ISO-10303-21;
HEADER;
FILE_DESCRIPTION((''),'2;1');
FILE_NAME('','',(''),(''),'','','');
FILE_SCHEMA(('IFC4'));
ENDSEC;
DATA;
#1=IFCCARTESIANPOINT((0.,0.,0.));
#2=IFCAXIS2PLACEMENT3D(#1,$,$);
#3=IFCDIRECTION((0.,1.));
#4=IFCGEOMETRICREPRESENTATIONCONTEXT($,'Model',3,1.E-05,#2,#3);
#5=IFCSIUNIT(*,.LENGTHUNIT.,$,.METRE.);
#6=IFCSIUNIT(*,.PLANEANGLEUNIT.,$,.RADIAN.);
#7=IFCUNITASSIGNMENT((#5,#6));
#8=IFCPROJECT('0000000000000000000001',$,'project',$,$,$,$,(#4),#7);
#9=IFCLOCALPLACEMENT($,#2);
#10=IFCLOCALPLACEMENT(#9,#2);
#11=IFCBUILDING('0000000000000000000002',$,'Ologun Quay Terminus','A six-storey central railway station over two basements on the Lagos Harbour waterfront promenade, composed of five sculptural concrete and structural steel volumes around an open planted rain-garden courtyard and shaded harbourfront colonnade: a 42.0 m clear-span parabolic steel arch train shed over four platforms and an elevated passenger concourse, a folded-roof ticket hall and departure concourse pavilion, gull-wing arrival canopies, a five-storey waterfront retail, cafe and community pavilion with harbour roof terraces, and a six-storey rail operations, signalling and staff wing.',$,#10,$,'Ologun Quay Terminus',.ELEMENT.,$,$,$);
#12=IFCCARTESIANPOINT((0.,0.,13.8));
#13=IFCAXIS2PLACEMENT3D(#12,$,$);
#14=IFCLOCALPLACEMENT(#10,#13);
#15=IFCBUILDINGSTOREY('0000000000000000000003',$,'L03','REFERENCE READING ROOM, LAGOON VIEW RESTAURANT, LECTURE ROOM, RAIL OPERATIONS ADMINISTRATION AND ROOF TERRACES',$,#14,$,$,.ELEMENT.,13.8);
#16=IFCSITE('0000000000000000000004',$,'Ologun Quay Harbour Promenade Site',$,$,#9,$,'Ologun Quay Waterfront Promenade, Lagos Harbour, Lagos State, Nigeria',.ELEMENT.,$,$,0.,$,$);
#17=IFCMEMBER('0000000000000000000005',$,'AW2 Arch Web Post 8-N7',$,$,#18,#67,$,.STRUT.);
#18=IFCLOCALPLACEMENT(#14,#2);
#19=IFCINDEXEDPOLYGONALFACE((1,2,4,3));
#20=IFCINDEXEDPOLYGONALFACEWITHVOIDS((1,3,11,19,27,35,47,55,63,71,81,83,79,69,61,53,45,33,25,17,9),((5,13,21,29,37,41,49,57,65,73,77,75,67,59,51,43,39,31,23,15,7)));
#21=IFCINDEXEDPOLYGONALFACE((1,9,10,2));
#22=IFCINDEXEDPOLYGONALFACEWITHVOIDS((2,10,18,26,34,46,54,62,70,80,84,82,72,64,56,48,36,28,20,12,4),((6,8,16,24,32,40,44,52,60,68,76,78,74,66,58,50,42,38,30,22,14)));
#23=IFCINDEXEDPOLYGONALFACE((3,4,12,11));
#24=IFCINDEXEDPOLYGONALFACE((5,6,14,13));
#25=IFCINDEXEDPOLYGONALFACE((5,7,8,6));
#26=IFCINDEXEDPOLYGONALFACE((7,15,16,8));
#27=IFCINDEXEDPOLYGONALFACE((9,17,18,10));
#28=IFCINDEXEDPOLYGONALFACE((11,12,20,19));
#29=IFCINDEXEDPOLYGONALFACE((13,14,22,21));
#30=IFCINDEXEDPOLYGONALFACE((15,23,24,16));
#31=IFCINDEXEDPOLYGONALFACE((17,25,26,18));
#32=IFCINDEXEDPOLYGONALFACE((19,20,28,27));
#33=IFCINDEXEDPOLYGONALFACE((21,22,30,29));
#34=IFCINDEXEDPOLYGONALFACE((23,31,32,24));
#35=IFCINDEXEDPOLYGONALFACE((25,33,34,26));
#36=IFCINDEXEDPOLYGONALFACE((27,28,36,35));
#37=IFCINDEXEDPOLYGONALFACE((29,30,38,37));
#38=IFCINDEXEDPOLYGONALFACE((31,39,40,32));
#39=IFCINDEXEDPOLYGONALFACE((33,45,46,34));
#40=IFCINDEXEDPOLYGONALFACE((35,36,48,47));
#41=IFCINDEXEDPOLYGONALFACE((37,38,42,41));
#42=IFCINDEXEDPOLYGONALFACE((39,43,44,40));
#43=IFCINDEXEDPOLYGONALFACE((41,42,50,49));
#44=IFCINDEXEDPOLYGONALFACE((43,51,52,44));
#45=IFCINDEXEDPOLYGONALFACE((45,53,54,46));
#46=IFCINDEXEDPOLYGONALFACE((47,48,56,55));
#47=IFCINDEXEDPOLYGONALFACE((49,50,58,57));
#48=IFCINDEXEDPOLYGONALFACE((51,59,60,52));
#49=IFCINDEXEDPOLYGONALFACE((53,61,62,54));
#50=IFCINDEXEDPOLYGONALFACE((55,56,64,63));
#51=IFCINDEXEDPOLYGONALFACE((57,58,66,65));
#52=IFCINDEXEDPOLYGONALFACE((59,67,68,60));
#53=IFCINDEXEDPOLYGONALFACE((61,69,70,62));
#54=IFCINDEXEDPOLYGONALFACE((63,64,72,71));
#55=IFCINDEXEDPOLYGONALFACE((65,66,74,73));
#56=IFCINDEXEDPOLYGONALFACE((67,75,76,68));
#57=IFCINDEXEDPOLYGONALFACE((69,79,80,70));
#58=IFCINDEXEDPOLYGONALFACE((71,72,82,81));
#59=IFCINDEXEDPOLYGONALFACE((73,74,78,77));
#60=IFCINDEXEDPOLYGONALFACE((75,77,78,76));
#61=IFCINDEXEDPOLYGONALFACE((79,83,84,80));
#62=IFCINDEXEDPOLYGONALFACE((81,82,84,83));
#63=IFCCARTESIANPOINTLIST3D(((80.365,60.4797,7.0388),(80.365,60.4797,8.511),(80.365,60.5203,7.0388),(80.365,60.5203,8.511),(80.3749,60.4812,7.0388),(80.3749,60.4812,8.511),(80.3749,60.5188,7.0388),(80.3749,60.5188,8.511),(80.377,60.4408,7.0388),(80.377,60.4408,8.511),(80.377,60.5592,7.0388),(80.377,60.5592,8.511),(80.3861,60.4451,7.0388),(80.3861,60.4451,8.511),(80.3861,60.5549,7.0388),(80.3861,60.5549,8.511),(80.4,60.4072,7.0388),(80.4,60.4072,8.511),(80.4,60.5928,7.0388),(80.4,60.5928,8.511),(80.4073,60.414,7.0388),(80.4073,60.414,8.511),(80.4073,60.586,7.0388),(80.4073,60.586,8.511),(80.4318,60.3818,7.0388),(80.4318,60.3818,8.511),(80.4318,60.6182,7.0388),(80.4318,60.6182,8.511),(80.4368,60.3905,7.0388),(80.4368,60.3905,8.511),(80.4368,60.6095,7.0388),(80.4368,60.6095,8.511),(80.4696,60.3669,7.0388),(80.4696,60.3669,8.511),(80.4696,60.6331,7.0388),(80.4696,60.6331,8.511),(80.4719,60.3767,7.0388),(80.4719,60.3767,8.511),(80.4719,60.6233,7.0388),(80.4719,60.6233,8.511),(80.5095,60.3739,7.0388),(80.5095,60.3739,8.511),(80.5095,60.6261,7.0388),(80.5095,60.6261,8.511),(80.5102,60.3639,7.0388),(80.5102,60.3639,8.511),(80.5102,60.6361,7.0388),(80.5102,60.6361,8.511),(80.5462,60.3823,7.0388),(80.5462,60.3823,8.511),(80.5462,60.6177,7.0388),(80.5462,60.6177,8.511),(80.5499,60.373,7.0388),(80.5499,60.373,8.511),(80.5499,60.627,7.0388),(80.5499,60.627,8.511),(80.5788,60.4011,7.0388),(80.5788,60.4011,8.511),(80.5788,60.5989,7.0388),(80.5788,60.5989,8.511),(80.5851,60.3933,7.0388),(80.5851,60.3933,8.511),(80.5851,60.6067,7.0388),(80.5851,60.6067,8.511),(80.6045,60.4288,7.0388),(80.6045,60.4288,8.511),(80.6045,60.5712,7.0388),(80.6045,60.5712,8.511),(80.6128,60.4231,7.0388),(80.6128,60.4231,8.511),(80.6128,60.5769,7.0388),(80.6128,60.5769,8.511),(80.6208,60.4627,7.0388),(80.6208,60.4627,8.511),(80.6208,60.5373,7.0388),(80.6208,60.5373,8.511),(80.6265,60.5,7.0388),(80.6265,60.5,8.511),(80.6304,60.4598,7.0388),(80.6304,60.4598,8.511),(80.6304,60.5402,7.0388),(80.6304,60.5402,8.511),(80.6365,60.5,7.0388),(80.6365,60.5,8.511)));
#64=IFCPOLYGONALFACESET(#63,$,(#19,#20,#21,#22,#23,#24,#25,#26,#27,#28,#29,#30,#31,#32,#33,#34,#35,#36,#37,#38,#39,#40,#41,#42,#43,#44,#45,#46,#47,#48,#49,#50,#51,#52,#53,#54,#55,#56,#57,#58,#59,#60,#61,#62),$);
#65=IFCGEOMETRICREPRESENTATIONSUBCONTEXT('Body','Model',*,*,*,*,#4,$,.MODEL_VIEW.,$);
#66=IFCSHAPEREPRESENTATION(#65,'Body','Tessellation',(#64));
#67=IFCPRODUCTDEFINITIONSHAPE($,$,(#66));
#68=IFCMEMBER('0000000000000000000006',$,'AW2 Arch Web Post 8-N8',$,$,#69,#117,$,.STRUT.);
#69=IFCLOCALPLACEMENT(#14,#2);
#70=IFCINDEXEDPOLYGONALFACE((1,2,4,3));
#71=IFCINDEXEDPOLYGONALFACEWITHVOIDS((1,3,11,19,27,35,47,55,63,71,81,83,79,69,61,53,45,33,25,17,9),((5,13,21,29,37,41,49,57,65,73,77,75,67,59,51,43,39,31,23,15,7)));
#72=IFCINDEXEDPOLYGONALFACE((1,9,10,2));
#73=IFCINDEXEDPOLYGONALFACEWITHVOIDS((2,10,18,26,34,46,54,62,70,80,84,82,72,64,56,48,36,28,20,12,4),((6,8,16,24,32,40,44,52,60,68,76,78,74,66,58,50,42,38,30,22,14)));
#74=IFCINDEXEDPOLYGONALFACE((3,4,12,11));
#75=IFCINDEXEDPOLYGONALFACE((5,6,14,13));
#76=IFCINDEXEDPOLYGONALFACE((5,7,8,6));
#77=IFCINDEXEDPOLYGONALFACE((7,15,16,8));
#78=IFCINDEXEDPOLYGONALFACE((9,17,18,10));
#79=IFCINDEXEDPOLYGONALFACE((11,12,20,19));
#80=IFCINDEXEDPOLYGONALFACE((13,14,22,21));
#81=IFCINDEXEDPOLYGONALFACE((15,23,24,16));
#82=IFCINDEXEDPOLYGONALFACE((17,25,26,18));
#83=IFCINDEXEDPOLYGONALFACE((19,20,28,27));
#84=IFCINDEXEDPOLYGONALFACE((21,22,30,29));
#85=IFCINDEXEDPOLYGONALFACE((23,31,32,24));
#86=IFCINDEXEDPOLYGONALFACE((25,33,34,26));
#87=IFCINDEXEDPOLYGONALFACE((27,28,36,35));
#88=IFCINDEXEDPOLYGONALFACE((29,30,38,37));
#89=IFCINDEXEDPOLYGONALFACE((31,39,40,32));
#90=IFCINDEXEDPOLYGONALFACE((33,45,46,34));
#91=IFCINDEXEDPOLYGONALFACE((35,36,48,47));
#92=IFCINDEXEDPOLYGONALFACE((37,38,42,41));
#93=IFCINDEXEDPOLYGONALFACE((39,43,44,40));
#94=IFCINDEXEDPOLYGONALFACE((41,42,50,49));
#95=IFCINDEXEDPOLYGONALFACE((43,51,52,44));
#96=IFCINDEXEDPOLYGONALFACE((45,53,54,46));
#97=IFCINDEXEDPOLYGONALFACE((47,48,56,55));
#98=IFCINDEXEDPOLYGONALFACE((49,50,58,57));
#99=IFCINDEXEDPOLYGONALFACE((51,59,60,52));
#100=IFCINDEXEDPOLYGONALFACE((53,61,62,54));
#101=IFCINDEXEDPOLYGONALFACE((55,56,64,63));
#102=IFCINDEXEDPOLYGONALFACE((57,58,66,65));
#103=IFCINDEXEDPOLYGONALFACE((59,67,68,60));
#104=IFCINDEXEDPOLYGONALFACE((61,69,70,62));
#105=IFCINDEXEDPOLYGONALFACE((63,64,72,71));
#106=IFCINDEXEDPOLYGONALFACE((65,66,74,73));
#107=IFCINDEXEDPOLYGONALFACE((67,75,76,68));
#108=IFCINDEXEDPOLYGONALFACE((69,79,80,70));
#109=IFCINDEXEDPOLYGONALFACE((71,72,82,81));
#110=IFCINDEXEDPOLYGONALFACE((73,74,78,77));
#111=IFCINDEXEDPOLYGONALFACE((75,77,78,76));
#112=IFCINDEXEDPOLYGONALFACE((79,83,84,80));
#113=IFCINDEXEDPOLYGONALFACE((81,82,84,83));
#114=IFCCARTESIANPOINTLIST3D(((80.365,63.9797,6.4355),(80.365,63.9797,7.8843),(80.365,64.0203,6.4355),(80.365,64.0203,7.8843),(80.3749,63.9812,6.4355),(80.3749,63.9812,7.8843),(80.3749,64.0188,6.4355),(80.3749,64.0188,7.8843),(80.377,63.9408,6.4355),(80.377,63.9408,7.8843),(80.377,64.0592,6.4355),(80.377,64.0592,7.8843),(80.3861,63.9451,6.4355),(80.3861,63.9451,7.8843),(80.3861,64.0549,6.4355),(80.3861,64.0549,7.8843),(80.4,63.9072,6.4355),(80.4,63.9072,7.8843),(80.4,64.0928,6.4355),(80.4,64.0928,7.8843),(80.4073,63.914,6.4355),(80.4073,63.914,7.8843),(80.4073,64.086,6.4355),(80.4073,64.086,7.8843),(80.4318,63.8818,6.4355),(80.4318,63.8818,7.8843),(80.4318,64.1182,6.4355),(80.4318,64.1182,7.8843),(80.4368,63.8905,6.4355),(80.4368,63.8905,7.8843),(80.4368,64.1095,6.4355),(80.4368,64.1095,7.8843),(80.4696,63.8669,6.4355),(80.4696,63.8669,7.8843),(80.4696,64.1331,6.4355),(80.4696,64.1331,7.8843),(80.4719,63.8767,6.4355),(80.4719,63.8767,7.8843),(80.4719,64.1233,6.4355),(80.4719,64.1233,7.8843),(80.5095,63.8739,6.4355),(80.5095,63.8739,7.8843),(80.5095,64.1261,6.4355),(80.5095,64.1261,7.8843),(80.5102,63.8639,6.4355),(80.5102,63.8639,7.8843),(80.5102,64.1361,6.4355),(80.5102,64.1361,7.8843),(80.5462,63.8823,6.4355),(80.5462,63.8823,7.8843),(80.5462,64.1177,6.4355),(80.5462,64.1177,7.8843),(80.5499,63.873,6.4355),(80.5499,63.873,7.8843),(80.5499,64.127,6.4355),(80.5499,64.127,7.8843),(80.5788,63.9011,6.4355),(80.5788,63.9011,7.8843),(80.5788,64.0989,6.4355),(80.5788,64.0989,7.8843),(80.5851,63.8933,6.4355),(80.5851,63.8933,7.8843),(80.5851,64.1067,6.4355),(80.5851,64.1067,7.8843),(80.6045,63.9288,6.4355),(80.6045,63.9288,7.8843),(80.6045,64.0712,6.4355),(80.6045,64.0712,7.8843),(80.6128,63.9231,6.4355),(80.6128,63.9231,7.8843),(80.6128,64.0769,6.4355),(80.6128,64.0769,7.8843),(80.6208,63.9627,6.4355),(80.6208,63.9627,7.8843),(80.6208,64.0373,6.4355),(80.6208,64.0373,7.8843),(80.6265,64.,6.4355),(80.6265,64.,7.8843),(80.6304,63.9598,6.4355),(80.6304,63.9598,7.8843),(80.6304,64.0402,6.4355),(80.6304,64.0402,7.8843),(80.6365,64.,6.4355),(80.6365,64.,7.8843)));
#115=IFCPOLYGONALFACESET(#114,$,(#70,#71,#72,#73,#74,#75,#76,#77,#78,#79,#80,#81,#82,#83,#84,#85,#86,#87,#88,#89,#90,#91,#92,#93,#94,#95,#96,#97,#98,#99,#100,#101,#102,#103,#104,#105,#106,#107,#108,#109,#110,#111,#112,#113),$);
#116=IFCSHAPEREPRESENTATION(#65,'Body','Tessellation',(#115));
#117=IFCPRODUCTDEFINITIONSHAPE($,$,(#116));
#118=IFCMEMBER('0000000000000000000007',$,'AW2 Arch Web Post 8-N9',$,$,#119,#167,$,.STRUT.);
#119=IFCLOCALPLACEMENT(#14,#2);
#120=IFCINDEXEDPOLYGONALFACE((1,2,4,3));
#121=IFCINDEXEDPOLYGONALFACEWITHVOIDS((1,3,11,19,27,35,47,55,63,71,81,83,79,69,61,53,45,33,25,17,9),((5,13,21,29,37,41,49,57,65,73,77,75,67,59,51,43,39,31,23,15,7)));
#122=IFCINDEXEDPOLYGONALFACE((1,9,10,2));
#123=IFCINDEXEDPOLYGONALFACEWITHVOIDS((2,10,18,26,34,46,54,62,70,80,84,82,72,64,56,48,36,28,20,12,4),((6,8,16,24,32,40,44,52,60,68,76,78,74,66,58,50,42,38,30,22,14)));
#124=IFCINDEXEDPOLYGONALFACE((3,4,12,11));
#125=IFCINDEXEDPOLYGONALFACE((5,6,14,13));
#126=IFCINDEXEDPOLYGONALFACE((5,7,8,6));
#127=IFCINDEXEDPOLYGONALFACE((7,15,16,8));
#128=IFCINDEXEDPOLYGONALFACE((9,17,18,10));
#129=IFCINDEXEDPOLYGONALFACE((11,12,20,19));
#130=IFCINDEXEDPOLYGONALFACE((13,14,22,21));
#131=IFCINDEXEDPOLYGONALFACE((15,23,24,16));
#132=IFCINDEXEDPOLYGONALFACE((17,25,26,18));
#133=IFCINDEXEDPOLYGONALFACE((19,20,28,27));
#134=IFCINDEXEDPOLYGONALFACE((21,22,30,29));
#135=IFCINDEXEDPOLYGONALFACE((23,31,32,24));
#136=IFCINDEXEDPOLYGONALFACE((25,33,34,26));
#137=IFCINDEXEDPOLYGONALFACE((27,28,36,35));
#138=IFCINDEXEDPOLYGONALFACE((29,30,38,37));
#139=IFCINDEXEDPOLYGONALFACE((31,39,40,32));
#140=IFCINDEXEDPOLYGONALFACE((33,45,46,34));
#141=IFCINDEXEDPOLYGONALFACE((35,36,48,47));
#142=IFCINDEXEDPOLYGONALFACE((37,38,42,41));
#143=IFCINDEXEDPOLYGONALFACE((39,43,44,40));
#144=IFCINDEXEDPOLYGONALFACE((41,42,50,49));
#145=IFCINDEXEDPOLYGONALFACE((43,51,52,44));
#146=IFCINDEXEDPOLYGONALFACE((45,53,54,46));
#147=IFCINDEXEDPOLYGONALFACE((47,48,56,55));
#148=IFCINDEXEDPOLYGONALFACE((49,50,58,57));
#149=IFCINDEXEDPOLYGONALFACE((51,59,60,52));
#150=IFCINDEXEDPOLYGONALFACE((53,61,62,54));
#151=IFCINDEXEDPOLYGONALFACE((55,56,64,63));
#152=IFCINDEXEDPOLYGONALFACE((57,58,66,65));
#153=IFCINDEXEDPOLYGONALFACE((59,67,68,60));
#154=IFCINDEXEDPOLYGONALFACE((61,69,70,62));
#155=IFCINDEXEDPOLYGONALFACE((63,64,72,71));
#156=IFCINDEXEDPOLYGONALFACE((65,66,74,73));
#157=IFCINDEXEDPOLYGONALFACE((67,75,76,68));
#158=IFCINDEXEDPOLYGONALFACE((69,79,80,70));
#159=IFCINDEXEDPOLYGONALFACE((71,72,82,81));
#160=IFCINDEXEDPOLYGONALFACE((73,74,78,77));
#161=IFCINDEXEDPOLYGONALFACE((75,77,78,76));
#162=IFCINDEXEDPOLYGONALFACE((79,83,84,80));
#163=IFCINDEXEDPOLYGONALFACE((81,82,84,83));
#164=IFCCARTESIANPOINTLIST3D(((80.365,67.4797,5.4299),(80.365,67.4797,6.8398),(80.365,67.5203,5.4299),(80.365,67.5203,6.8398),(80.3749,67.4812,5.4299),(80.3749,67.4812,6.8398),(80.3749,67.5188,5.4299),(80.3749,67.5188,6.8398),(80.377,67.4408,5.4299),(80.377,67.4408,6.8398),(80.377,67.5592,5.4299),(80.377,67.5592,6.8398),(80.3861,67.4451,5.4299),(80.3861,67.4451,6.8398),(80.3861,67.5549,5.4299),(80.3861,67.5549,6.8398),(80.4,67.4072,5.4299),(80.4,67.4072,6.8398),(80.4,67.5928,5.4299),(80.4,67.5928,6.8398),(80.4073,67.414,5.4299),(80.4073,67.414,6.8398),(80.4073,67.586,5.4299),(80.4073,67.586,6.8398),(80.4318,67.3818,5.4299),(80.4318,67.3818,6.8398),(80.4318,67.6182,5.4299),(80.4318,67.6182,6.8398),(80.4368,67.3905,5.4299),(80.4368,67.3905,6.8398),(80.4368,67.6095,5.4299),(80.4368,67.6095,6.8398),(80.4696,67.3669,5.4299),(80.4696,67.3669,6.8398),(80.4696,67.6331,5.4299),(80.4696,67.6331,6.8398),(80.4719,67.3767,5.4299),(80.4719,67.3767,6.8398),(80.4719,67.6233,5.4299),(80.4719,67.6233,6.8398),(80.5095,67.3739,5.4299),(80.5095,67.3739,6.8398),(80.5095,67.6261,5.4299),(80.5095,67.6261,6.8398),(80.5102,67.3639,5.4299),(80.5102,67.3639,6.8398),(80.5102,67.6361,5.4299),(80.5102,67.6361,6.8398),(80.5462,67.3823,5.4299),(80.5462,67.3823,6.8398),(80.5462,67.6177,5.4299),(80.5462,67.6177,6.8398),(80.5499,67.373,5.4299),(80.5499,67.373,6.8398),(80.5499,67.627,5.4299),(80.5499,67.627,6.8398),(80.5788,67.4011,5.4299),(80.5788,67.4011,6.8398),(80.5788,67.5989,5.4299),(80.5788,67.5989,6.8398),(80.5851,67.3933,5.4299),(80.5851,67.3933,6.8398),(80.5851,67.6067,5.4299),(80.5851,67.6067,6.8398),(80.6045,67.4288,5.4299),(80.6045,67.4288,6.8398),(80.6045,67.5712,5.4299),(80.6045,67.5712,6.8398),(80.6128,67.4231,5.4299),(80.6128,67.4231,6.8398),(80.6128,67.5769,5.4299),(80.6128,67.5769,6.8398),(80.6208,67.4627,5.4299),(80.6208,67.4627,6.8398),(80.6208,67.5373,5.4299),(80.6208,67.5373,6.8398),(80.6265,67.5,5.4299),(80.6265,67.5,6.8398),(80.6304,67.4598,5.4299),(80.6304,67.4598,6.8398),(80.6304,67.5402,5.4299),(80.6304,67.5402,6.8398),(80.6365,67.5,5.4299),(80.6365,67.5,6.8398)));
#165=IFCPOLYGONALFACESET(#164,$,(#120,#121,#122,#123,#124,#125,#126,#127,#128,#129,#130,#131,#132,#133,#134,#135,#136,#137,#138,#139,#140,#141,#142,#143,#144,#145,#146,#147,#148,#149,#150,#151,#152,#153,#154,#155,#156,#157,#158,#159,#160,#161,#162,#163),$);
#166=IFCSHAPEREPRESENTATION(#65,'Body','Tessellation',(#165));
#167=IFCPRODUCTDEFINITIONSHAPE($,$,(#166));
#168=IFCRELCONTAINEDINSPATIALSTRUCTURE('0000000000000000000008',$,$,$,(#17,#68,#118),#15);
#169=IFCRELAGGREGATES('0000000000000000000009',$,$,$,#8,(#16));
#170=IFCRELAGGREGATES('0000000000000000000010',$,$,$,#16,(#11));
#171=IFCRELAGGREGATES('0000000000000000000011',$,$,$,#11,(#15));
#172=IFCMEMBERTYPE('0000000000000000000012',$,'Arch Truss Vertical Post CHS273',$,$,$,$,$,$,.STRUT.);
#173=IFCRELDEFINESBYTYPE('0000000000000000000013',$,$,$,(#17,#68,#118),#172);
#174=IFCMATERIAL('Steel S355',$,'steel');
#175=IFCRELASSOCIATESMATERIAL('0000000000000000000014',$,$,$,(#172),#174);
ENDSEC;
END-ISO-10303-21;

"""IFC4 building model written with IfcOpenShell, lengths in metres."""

from ifc_helpers import new_model, si_unit, direction, frame, origin, origin_2d, place, context, subcontext, project, spatial, hollow_circle, extrude, material, material_profile, profile_set, type_object, element, save


model = new_model("IFC4")

# Units and contexts
model_context = context("Model", 3, precision=1e-05, world=origin(), true_north=direction((0.0, 1.0)))
body_context = subcontext(model_context, "Body", "Model", "MODEL_VIEW")
ifc_project = project(units=[si_unit("LENGTHUNIT", "METRE"), si_unit("PLANEANGLEUNIT", "RADIAN")], contexts=[model_context])

# Site, building, storey
site_placement = place(None, origin())
site = spatial("IfcSite", under=ifc_project, at=site_placement, Name="Ologun Quay Harbour Promenade Site", LongName="Ologun Quay Waterfront Promenade, Lagos Harbour, Lagos State, Nigeria", CompositionType="ELEMENT", RefElevation=0.0)
building_placement = place(site_placement, origin())
building = spatial("IfcBuilding", under=site, at=building_placement, Name="Ologun Quay Terminus", Description="A six-storey central railway station over two basements on the Lagos Harbour waterfront promenade, composed of five sculptural concrete and structural steel volumes around an open planted rain-garden courtyard and shaded harbourfront colonnade: a 42.0 m clear-span parabolic steel arch train shed over four platforms and an elevated passenger concourse, a folded-roof ticket hall and departure concourse pavilion, gull-wing arrival canopies, a five-storey waterfront retail, cafe and community pavilion with harbour roof terraces, and a six-storey rail operations, signalling and staff wing.", LongName="Ologun Quay Terminus", CompositionType="ELEMENT")
storey_placement = place(building_placement, frame((0.0, 0.0, 13.8)))
storey = spatial("IfcBuildingStorey", under=building, at=storey_placement, Name="L03", Description="REFERENCE READING ROOM, LAGOON VIEW RESTAURANT, LECTURE ROOM, RAIL OPERATIONS ADMINISTRATION AND ROOF TERRACES", CompositionType="ELEMENT", Elevation=13.8)

# Members
ifc_material_1 = material(Name="Steel S355", Category="steel")
ifc_material_profile_1 = material_profile(ifc_material_1, hollow_circle(Radius=0.1365, WallThickness=0.01, at=origin_2d()), Name="CHS 273x10")
ifc_profile_set_1 = profile_set([ifc_material_profile_1], Name="Steel S355")
member_type_1 = type_object("IfcMemberType", Name="Arch Truss Vertical Post CHS273", PredefinedType="STRUT", material=ifc_profile_set_1)
member_1_placement = place(storey_placement, frame((80.5, 60.5, 7.0388), z_axis=(0.0, 0.0, 1.0), x_axis=(1.0, 0.0, 0.0)))
element("IfcMember", 1, at=member_1_placement, inside=storey, type_object=member_type_1, Name="AW2 Arch Web Post 8-N7", PredefinedType="STRUT", context=body_context, shape_type="SweptSolid", body=[
    extrude(hollow_circle(Radius=0.1365, WallThickness=0.01, at=origin_2d()), origin(), (0.0, 0.0, 1.0), 1.4722),
])
member_2_placement = place(storey_placement, frame((80.5, 64.0, 6.4355), z_axis=(0.0, 0.0, 1.0), x_axis=(1.0, 0.0, 0.0)))
element("IfcMember", 2, at=member_2_placement, inside=storey, type_object=member_type_1, Name="AW2 Arch Web Post 8-N8", PredefinedType="STRUT", context=body_context, shape_type="SweptSolid", body=[
    extrude(hollow_circle(Radius=0.1365, WallThickness=0.01, at=origin_2d()), origin(), (0.0, 0.0, 1.0), 1.4487),
])
member_3_placement = place(storey_placement, frame((80.5, 67.5, 5.4299), z_axis=(0.0, 0.0, 1.0), x_axis=(1.0, 0.0, 0.0)))
element("IfcMember", 3, at=member_3_placement, inside=storey, type_object=member_type_1, Name="AW2 Arch Web Post 8-N9", PredefinedType="STRUT", context=body_context, shape_type="SweptSolid", body=[
    extrude(hollow_circle(Radius=0.1365, WallThickness=0.01, at=origin_2d()), origin(), (0.0, 0.0, 1.0), 1.4099),
])

save(model, "model.ifc")
